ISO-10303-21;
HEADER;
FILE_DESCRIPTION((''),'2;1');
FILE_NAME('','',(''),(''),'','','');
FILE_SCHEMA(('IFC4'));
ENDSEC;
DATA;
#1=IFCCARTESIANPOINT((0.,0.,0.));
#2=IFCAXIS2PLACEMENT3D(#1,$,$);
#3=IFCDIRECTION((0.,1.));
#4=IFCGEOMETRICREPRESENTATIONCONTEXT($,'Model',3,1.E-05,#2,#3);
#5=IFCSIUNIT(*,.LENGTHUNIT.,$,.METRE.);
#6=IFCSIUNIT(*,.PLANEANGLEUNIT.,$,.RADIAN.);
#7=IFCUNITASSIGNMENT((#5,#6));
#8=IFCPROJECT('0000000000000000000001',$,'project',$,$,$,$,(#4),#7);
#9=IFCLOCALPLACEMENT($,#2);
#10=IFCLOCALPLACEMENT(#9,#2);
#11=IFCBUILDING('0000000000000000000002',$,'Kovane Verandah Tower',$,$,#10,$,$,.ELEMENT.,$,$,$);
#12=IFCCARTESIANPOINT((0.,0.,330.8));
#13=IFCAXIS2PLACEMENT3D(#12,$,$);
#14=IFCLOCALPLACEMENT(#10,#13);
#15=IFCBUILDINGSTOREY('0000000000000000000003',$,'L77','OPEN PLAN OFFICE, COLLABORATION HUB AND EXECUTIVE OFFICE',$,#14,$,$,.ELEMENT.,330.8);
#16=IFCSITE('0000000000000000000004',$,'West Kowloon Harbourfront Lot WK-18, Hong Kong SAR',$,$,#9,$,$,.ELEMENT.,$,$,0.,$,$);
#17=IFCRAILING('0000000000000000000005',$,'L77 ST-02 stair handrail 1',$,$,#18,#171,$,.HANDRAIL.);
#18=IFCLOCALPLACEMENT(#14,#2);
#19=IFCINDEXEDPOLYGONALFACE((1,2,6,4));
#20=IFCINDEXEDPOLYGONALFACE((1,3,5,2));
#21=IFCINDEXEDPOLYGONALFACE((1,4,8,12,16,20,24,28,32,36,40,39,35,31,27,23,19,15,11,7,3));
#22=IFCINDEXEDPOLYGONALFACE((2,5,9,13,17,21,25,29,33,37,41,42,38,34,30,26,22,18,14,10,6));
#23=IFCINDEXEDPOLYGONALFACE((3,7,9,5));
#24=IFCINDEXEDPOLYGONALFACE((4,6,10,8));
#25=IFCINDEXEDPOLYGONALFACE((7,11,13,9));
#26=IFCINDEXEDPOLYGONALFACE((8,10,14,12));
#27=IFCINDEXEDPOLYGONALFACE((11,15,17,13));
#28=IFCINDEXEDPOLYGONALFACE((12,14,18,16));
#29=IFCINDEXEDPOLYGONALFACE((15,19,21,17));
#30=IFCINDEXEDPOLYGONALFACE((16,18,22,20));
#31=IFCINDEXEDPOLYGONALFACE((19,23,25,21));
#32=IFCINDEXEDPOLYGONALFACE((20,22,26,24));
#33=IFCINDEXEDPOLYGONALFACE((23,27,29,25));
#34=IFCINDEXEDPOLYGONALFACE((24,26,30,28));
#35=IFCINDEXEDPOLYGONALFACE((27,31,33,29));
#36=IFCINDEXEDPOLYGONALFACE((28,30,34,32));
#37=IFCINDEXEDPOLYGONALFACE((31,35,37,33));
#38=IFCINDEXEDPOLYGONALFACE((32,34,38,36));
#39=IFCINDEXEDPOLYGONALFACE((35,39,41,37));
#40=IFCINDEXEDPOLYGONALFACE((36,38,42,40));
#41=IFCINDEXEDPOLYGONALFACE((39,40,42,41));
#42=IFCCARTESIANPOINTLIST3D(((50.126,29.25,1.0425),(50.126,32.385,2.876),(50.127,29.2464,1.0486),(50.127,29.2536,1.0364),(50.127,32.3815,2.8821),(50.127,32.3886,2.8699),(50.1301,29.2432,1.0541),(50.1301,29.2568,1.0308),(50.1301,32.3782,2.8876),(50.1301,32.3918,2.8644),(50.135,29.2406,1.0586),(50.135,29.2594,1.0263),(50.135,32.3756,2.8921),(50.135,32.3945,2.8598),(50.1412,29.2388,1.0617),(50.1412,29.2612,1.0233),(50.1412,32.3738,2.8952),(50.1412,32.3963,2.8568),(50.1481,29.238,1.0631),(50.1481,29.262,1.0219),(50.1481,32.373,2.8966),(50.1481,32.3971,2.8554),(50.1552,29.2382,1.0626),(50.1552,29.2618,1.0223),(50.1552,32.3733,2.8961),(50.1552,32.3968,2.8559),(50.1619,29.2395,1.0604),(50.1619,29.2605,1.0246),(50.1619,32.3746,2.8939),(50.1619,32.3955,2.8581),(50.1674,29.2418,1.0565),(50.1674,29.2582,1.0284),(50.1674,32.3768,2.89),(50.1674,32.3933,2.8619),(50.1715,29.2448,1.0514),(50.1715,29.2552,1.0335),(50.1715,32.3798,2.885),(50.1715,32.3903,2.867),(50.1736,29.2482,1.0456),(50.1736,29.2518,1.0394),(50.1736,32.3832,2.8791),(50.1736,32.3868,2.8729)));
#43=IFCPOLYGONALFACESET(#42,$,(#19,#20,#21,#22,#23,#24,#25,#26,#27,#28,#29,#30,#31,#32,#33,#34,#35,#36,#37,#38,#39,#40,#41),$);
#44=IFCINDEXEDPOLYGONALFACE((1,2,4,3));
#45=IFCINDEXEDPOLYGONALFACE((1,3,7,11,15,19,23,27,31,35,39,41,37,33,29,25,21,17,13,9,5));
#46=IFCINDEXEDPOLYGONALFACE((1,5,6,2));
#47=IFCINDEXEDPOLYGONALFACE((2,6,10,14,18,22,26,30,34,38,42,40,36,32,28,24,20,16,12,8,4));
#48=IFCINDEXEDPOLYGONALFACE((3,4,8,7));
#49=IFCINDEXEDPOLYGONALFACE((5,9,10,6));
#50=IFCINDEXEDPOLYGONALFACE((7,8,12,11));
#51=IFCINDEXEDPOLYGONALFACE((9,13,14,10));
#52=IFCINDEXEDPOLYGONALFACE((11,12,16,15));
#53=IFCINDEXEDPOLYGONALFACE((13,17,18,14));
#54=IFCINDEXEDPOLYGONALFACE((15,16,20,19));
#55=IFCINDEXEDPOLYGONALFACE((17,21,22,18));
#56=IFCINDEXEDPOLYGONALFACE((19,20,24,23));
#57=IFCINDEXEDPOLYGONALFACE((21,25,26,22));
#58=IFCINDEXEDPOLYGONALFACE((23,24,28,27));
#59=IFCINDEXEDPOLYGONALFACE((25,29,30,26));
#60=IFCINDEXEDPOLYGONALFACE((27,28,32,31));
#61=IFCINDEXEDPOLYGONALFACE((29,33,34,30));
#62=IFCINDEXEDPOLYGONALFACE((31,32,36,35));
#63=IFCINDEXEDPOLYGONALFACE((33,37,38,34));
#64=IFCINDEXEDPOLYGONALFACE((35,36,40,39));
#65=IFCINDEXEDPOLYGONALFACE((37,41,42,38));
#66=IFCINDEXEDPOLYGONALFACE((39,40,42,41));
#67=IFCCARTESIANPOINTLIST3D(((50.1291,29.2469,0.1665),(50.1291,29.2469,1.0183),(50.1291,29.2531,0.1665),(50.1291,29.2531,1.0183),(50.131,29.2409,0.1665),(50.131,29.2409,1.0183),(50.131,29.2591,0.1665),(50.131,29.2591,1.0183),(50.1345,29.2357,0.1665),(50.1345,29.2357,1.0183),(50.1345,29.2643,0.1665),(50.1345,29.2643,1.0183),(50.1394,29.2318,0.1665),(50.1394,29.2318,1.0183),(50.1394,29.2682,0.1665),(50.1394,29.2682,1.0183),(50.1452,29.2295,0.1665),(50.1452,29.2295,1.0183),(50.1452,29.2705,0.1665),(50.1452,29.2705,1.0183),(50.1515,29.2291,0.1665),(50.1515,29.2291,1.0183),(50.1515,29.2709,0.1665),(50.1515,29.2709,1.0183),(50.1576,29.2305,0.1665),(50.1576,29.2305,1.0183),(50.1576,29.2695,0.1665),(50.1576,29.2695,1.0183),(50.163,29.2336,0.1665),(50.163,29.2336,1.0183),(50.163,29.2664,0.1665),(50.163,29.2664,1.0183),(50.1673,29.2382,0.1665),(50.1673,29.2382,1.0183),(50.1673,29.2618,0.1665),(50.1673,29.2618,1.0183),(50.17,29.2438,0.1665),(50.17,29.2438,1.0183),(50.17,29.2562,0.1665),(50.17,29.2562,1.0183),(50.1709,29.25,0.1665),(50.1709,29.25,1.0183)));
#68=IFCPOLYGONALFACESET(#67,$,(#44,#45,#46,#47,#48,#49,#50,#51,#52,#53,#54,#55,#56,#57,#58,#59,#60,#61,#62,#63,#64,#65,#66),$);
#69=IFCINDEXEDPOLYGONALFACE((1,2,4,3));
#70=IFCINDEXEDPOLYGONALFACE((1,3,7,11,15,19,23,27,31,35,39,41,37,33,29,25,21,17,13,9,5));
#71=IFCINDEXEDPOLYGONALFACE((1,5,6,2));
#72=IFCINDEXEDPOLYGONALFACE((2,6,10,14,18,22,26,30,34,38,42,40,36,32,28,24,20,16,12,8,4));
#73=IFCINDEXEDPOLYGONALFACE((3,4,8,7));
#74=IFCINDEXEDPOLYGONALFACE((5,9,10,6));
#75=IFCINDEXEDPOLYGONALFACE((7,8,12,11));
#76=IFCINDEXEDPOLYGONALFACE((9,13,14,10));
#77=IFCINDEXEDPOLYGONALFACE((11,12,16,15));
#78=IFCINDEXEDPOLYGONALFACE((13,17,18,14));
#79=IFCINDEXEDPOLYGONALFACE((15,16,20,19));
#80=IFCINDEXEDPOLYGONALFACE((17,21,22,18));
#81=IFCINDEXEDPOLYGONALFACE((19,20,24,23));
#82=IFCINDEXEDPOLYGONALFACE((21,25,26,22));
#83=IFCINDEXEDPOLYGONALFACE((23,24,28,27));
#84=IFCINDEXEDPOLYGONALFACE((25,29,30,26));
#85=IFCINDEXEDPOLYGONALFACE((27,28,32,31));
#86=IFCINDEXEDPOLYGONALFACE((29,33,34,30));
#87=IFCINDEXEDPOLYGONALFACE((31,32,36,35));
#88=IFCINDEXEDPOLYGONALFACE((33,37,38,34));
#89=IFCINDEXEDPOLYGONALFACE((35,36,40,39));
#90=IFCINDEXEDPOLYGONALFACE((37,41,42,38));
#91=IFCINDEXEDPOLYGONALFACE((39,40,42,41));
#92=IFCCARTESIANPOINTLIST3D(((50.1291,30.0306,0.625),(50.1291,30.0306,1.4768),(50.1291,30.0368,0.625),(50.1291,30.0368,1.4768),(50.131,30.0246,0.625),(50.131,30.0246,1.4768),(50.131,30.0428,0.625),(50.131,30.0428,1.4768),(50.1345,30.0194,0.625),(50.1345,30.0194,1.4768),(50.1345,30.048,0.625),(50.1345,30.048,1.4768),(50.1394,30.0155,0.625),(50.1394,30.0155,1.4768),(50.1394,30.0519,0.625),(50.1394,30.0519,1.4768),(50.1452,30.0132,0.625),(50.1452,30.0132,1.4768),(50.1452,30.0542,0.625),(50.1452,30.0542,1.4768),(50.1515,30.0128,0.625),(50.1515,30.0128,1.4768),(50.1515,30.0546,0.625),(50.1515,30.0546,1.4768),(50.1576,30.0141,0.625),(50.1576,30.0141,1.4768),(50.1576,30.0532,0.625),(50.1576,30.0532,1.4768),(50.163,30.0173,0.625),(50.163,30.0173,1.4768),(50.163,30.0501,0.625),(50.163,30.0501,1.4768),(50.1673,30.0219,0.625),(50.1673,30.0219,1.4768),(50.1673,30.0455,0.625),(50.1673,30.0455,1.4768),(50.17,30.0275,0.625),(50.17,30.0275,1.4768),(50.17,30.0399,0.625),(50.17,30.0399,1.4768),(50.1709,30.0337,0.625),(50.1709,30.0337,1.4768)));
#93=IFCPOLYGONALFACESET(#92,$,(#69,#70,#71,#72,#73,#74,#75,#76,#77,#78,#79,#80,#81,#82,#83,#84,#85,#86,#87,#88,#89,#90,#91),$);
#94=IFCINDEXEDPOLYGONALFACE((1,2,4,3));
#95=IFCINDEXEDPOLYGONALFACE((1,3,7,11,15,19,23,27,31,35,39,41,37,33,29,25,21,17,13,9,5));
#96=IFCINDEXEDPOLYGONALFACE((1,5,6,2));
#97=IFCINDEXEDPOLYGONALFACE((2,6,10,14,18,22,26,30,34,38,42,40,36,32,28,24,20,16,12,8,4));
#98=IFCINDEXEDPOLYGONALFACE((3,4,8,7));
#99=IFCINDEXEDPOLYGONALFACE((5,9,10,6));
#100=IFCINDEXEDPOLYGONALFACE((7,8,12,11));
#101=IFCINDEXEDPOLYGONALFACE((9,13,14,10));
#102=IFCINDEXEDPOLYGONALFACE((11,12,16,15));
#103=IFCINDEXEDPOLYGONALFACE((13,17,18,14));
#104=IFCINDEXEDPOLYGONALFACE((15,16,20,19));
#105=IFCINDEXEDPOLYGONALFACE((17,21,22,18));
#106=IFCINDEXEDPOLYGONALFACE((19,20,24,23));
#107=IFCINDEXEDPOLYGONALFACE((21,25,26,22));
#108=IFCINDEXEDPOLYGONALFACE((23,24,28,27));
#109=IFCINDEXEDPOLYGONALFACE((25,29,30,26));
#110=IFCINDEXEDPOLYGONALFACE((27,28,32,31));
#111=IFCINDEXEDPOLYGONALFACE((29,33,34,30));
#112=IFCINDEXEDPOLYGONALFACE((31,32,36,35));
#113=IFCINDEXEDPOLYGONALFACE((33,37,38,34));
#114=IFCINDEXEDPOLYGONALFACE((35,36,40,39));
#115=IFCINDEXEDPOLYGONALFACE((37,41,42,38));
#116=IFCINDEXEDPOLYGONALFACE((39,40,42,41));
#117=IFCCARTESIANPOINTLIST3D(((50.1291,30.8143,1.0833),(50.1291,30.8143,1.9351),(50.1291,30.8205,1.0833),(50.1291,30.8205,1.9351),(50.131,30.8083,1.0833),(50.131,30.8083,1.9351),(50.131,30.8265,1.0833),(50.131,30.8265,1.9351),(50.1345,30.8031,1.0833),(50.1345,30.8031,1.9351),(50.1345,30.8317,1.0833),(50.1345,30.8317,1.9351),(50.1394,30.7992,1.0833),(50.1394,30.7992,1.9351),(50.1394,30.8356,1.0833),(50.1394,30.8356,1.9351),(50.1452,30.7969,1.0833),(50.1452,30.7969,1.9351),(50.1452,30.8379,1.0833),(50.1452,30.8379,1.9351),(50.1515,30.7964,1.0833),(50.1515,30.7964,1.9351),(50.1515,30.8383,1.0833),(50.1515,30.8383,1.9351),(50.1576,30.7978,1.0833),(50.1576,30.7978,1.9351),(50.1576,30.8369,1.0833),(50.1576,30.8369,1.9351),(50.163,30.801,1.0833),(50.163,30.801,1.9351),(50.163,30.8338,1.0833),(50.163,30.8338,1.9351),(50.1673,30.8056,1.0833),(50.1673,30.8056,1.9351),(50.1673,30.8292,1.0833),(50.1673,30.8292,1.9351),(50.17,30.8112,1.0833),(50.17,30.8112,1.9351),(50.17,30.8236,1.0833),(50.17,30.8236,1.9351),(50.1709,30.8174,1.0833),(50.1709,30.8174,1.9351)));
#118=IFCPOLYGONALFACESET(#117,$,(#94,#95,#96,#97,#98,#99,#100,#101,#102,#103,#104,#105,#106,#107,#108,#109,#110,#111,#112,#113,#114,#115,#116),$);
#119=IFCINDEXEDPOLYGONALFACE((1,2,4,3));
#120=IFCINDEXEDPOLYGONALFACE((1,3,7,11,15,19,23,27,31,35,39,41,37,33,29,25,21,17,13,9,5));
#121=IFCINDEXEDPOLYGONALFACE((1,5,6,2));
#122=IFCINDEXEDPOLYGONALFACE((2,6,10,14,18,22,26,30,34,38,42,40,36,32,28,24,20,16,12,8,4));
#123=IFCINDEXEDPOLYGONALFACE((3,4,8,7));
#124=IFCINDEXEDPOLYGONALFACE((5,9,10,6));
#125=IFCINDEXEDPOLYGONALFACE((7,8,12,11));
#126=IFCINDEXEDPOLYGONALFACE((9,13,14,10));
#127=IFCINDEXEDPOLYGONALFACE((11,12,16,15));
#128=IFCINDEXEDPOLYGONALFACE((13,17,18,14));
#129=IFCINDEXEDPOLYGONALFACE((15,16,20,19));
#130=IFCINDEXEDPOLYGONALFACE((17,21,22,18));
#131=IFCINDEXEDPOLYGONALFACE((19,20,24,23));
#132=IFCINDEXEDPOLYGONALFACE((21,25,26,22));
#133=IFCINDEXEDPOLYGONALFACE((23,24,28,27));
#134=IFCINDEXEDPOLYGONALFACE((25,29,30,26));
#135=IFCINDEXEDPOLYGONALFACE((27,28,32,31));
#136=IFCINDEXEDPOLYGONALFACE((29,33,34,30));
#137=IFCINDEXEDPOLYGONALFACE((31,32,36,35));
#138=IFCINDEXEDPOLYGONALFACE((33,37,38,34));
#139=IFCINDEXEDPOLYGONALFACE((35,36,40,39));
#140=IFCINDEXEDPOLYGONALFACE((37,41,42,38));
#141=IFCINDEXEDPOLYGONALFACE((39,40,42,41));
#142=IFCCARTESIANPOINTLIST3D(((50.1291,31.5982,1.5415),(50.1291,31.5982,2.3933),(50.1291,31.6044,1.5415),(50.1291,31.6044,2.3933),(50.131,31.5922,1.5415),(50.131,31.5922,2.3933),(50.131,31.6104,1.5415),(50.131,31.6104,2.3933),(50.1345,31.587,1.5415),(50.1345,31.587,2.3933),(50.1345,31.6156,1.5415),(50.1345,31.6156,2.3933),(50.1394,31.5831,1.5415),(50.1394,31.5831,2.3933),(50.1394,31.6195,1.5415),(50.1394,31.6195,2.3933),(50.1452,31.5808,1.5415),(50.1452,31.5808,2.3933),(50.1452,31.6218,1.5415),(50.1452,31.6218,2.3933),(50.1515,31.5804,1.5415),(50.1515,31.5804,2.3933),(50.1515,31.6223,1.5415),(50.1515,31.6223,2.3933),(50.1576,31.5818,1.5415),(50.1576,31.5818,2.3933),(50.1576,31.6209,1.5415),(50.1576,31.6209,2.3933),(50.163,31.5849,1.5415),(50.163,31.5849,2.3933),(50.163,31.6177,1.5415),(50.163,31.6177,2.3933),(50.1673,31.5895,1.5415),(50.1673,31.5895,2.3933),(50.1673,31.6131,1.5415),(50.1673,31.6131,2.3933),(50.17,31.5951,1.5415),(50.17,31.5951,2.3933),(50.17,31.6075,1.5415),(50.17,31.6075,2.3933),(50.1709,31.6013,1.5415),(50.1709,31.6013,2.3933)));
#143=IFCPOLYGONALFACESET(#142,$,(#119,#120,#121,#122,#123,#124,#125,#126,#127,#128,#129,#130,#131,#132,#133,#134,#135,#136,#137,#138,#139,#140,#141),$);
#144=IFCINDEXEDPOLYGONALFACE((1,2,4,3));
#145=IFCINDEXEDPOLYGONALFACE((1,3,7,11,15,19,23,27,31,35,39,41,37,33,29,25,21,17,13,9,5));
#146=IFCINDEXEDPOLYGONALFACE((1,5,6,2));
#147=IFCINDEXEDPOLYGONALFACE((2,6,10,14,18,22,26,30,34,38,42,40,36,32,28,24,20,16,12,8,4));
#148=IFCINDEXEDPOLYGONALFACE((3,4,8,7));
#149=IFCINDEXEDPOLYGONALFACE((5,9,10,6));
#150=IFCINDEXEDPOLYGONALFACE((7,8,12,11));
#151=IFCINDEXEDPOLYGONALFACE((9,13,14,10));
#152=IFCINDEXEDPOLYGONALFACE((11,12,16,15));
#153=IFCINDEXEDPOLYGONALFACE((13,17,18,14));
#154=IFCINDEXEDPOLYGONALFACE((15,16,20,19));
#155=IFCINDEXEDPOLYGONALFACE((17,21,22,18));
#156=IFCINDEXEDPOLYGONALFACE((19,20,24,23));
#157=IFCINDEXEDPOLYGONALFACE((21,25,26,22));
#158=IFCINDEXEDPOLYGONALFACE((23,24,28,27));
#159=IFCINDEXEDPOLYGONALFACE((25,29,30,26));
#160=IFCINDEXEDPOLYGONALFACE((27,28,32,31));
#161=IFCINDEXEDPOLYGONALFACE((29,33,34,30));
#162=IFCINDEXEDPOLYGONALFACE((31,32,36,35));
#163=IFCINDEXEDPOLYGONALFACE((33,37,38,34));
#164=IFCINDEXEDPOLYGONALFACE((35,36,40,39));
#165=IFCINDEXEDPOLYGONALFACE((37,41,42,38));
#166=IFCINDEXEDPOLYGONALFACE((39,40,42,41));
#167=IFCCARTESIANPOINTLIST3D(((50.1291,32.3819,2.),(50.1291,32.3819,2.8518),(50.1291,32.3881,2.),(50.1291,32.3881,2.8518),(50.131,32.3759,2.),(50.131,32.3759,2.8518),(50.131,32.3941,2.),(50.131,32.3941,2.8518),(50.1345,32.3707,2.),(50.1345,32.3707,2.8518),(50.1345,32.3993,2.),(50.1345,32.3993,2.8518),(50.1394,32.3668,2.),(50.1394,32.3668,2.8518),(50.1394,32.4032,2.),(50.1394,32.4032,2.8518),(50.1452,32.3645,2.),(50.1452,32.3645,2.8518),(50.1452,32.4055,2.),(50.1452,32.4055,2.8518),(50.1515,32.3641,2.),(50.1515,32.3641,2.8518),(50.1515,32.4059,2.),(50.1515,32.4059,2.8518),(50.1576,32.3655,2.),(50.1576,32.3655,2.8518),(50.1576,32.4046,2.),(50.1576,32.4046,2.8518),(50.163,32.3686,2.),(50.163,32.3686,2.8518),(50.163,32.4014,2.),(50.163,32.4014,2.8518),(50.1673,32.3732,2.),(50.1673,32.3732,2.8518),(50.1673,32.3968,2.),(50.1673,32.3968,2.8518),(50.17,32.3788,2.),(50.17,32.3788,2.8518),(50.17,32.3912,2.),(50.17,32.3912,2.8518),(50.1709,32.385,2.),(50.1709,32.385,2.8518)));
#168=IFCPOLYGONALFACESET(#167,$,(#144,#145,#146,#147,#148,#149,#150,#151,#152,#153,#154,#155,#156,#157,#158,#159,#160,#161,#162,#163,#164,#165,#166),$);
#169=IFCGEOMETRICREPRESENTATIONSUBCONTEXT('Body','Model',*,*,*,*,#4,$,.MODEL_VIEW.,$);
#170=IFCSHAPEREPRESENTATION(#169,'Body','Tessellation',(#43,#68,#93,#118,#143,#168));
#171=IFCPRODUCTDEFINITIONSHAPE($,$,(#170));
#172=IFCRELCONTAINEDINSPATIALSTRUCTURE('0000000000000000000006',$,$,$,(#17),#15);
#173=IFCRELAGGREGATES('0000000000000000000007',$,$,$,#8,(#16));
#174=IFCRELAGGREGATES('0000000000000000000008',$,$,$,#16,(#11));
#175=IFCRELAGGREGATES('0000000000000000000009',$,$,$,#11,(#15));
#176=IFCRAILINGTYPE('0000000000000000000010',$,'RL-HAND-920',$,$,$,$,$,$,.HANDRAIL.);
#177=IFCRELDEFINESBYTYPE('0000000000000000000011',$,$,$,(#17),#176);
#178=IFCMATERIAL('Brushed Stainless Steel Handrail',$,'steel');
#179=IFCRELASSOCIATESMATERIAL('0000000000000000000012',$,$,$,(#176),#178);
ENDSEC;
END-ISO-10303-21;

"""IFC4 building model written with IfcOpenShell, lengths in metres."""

from ifc_helpers import new_model, si_unit, direction, frame, origin, origin_2d, place, context, subcontext, project, spatial, circle, extrude, material, type_object, element, save


model = new_model("IFC4")

# Units and contexts
model_context = context("Model", 3, precision=1e-05, world=origin(), true_north=direction((0.0, 1.0)))
body_context = subcontext(model_context, "Body", "Model", "MODEL_VIEW")
ifc_project = project(units=[si_unit("LENGTHUNIT", "METRE"), si_unit("PLANEANGLEUNIT", "RADIAN")], contexts=[model_context])

# Site, building, storey
site_placement = place(None, origin())
site = spatial("IfcSite", under=ifc_project, at=site_placement, Name="West Kowloon Harbourfront Lot WK-18, Hong Kong SAR", CompositionType="ELEMENT", RefElevation=0.0)
building_placement = place(site_placement, origin())
building = spatial("IfcBuilding", under=site, at=building_placement, Name="Kovane Verandah Tower", CompositionType="ELEMENT")
storey_placement = place(building_placement, frame((0.0, 0.0, 330.8)))
storey = spatial("IfcBuildingStorey", under=building, at=storey_placement, Name="L77", Description="OPEN PLAN OFFICE, COLLABORATION HUB AND EXECUTIVE OFFICE", CompositionType="ELEMENT", Elevation=330.8)

# Railing
ifc_material_1 = material(Name="Brushed Stainless Steel Handrail", Category="steel")
railing_type_1 = type_object("IfcRailingType", Name="RL-HAND-920", PredefinedType="HANDRAIL", material=ifc_material_1)
for number, where, name in (
    (1, (50.1499, 29.25, 0.1665), "L77 ST-02 stair handrail 1"),
):
    element("IfcRailing", number, at=place(storey_placement, frame(where)), inside=storey, type_object=railing_type_1, Name=name, PredefinedType="HANDRAIL", context=body_context, shape_type="SweptSolid", body=[
        extrude(circle(Radius=0.0239, at=origin_2d()), frame((0.0, 0.0, 0.876), z_axis=(0.0, 0.86321, 0.504845), x_axis=(-1.0, 0.0, 0.0)), (0.0, 0.0, 1.0), 3.6318),
        extrude(circle(Radius=0.021, at=origin_2d()), origin(), (0.0, 0.0, 1.0), 0.8518),
        extrude(circle(Radius=0.021, at=origin_2d()), frame((0.0, 0.7837, 0.4585)), (0.0, 0.0, 1.0), 0.8518),
        extrude(circle(Radius=0.021, at=origin_2d()), frame((0.0, 1.5674, 0.9167)), (0.0, 0.0, 1.0), 0.8518),
        extrude(circle(Radius=0.021, at=origin_2d()), frame((0.0, 2.3513, 1.375)), (0.0, 0.0, 1.0), 0.8518),
        extrude(circle(Radius=0.021, at=origin_2d()), frame((0.0, 3.135, 1.8335)), (0.0, 0.0, 1.0), 0.8518),
    ])

save(model, "model.ifc")
